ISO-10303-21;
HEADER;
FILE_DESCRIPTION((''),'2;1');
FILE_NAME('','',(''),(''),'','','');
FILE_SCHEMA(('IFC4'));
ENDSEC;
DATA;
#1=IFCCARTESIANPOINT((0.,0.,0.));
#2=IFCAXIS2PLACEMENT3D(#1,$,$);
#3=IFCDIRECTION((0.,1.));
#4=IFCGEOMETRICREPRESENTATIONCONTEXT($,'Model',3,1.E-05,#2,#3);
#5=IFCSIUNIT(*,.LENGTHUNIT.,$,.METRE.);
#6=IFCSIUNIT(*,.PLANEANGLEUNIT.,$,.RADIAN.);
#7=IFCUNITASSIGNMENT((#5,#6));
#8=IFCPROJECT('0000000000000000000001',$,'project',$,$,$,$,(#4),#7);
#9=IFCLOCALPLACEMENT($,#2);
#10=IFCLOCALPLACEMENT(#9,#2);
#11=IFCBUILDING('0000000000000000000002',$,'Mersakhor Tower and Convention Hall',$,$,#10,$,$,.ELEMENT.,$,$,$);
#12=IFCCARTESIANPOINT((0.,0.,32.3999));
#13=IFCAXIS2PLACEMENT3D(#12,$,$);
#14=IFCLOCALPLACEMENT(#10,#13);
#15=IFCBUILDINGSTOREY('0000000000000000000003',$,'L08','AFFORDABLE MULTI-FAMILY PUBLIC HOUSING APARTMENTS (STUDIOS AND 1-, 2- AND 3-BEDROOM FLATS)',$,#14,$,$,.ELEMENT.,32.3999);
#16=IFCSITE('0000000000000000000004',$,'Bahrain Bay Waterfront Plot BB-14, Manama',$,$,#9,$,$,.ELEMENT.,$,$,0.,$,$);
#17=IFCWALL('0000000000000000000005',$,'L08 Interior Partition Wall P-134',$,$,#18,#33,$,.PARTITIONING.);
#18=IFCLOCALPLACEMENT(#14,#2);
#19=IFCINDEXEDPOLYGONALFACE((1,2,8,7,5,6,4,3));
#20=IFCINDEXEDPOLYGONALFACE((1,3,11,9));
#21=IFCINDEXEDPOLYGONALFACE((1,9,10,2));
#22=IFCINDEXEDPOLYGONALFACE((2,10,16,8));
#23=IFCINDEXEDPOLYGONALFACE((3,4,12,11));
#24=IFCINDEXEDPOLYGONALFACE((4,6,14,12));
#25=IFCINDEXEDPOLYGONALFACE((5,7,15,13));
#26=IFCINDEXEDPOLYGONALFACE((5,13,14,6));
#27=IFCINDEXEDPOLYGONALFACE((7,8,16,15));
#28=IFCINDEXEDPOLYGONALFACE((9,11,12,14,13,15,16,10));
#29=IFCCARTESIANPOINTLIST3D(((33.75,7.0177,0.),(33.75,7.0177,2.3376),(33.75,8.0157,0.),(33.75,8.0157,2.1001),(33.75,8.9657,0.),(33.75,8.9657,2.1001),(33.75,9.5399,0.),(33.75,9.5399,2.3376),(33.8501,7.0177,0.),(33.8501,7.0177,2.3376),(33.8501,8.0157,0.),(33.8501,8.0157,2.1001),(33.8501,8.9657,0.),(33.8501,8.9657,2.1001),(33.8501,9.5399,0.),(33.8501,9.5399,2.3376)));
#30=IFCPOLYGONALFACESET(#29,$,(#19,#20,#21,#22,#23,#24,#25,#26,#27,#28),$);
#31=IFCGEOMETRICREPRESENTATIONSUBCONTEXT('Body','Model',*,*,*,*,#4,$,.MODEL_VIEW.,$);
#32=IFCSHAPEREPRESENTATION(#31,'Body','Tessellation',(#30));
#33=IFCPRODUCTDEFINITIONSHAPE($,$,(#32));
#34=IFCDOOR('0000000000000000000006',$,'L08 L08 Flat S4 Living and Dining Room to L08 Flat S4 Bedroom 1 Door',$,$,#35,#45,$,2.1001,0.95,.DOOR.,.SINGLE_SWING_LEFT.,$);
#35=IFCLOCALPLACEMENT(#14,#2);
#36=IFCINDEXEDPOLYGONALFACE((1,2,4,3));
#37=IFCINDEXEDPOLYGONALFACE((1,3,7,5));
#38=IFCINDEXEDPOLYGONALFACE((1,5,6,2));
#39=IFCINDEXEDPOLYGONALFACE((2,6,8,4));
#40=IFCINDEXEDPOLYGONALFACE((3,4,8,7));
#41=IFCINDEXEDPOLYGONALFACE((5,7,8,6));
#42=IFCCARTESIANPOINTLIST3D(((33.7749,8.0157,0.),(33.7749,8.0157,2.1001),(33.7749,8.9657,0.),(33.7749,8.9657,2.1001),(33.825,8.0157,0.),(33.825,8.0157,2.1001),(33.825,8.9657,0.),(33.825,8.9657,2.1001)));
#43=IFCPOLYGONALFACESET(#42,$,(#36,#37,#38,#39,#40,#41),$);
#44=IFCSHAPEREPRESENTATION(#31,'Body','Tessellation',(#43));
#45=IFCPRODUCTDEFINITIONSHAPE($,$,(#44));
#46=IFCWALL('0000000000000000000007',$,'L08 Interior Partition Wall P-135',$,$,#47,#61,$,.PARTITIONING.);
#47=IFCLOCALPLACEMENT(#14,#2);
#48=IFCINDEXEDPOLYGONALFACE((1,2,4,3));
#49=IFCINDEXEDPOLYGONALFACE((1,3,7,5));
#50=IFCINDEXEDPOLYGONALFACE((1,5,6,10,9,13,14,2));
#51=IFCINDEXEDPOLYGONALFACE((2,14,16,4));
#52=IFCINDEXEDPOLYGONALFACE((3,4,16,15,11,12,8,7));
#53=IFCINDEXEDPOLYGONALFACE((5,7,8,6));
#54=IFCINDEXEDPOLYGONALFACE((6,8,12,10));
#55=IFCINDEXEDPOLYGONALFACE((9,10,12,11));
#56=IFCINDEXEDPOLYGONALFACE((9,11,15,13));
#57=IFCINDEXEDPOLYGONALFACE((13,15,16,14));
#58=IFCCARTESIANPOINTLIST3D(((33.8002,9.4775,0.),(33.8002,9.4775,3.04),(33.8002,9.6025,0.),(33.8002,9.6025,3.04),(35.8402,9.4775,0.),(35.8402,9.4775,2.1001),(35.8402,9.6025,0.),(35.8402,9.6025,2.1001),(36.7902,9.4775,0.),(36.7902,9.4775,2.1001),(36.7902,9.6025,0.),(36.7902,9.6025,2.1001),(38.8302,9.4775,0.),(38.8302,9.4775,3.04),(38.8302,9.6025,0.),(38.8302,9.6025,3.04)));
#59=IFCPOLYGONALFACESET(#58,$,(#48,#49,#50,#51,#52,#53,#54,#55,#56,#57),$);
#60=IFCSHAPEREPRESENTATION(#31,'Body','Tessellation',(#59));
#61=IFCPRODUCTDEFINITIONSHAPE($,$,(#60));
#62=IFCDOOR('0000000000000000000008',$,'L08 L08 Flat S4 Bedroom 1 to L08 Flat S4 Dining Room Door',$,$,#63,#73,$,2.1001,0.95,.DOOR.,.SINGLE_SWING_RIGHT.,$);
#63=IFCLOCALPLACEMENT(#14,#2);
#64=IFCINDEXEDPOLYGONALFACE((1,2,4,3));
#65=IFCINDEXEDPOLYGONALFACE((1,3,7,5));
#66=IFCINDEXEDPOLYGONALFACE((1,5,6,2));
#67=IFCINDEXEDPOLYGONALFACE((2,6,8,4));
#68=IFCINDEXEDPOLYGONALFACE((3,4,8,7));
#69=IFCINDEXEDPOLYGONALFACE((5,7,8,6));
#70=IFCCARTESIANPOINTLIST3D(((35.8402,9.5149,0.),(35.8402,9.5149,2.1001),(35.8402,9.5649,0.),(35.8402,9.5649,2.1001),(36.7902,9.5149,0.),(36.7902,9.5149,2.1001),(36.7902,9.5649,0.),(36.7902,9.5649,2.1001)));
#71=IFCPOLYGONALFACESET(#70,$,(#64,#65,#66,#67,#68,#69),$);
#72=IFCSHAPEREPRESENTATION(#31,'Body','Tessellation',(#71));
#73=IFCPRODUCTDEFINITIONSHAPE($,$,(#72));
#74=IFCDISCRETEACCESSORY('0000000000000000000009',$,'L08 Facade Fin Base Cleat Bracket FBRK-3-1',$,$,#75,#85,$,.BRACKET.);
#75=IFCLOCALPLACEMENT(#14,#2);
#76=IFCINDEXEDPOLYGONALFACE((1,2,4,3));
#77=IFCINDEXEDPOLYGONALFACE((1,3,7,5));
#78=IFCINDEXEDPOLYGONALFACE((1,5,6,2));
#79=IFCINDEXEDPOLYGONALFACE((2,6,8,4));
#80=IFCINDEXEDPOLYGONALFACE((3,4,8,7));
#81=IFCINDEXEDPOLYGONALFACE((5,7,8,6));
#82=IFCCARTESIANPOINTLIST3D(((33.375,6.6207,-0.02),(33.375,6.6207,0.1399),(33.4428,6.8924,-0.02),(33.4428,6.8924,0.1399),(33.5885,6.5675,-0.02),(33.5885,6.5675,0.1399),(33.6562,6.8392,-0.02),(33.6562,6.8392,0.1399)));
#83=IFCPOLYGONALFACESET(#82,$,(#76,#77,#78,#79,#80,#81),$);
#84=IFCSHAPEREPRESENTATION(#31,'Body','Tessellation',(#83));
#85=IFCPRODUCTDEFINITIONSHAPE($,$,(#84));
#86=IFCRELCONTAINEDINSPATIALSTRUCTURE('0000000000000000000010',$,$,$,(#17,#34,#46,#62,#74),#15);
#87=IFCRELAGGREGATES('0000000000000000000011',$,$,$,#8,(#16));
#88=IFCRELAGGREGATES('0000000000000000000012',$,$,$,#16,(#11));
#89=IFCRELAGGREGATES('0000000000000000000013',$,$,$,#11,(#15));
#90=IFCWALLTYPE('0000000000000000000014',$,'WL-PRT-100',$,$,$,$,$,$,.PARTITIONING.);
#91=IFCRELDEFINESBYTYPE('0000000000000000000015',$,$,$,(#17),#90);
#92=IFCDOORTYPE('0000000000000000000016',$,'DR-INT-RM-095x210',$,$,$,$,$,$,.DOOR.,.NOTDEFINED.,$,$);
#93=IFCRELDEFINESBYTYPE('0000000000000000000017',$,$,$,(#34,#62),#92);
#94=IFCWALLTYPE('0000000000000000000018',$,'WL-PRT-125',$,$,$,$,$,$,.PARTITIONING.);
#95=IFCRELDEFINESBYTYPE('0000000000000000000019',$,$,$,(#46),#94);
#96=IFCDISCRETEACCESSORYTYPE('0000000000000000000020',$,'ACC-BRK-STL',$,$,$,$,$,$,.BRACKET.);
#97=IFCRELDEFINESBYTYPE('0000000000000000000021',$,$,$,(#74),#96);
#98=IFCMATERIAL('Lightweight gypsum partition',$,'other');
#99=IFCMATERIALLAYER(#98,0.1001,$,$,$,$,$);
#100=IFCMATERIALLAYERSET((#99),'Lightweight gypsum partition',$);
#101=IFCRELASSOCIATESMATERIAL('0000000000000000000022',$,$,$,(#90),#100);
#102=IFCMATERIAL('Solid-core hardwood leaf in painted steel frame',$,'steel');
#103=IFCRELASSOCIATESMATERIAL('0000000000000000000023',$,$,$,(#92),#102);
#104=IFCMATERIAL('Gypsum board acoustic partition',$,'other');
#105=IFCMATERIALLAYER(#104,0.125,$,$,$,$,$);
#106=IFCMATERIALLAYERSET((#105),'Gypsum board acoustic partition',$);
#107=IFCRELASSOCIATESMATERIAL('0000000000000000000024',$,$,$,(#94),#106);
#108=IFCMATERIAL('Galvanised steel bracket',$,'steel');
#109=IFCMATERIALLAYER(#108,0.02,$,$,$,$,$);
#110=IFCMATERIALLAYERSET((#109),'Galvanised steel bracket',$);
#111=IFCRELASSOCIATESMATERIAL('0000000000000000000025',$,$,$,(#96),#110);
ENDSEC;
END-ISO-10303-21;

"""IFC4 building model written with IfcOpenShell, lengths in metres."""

from ifc_helpers import new_model, si_unit, direction, frame, frame_2d, origin, origin_2d, place, context, subcontext, project, spatial, rectangle, extrude, material, layer, layer_set, type_object, element, fill, save


model = new_model("IFC4")

# Units and contexts
model_context = context("Model", 3, precision=1e-05, world=origin(), true_north=direction((0.0, 1.0)))
body_context = subcontext(model_context, "Body", "Model", "MODEL_VIEW")
ifc_project = project(units=[si_unit("LENGTHUNIT", "METRE"), si_unit("PLANEANGLEUNIT", "RADIAN")], contexts=[model_context])

# Site, building, storey
site_placement = place(None, origin())
site = spatial("IfcSite", under=ifc_project, at=site_placement, Name="Bahrain Bay Waterfront Plot BB-14, Manama", CompositionType="ELEMENT", RefElevation=0.0)
building_placement = place(site_placement, origin())
building = spatial("IfcBuilding", under=site, at=building_placement, Name="Mersakhor Tower and Convention Hall", CompositionType="ELEMENT")
storey_placement = place(building_placement, frame((0.0, 0.0, 32.3999)))
storey = spatial("IfcBuildingStorey", under=building, at=storey_placement, Name="L08", Description="AFFORDABLE MULTI-FAMILY PUBLIC HOUSING APARTMENTS (STUDIOS AND 1-, 2- AND 3-BEDROOM FLATS)", CompositionType="ELEMENT", Elevation=32.3999)

# Walls, openings, doors
ifc_material_1 = material(Name="Lightweight gypsum partition", Category="other")
ifc_layer_1 = layer(ifc_material_1, 0.1001)
ifc_layer_set_1 = layer_set([ifc_layer_1], Name="Lightweight gypsum partition")
wall_type_1 = type_object("IfcWallType", Name="WL-PRT-100", PredefinedType="PARTITIONING", material=ifc_layer_set_1)
ifc_material_2 = material(Name="Solid-core hardwood leaf in painted steel frame", Category="steel")
door_type_1 = type_object("IfcDoorType", Name="DR-INT-RM-095x210", OperationType="NOTDEFINED", PredefinedType="DOOR", material=ifc_material_2)
wall_1_placement = place(storey_placement, frame((33.8, 9.54, 0.0), z_axis=(0.0, 0.0, 1.0), x_axis=(0.0, -1.0, 0.0)))
wall_1 = element("IfcWall", 1, at=wall_1_placement, inside=storey, type_object=wall_type_1, Name="L08 Interior Partition Wall P-134", PredefinedType="PARTITIONING", context=body_context, shape_type="SweptSolid", body=[
    extrude(rectangle(XDim=2.5222, YDim=0.1001, at=frame_2d((1.2612, 0.0))), origin(), (0.0, 0.0, 1.0), 2.3376),
])
opening_1_placement = place(wall_1_placement, frame((0.5742, 0.0, 0.0)))
opening_1 = element("IfcOpeningElement", 2, at=opening_1_placement, cuts=wall_1, PredefinedType="OPENING", context=body_context, shape_type="SweptSolid", body=[
    extrude(rectangle(XDim=0.95, YDim=2.1001, at=frame_2d((0.4751, 1.05))), frame((0.0, 0.0601, 0.0), z_axis=(0.0, -1.0, 0.0), x_axis=(1.0, 0.0, 0.0)), (0.0, 0.0, 1.0), 0.1201),
])
door_1_placement = place(opening_1_placement, origin())
door_1 = element("IfcDoor", 3, at=door_1_placement, inside=storey, type_object=door_type_1, Name="L08 L08 Flat S4 Living and Dining Room to L08 Flat S4 Bedroom 1 Door", OperationType="SINGLE_SWING_LEFT", OverallHeight=2.1001, OverallWidth=0.95, PredefinedType="DOOR", context=body_context, shape_type="SweptSolid", body=[
    extrude(rectangle(XDim=0.95, YDim=2.1001, at=frame_2d((0.4751, 1.05))), frame((0.0, 0.0249, 0.0), z_axis=(0.0, -1.0, 0.0), x_axis=(1.0, 0.0, 0.0)), (0.0, 0.0, 1.0), 0.05),
])
fill(opening_1, door_1)
ifc_material_3 = material(Name="Gypsum board acoustic partition", Category="other")
ifc_layer_2 = layer(ifc_material_3, 0.125)
ifc_layer_set_2 = layer_set([ifc_layer_2], Name="Gypsum board acoustic partition")
wall_type_2 = type_object("IfcWallType", Name="WL-PRT-125", PredefinedType="PARTITIONING", material=ifc_layer_set_2)
wall_2_placement = place(storey_placement, frame((33.8, 9.54, 0.0), z_axis=(0.0, 0.0, 1.0), x_axis=(1.0, 0.0, 0.0)))
wall_2 = element("IfcWall", 4, at=wall_2_placement, inside=storey, type_object=wall_type_2, Name="L08 Interior Partition Wall P-135", PredefinedType="PARTITIONING", context=body_context, shape_type="SweptSolid", body=[
    extrude(rectangle(XDim=5.03, YDim=0.125, at=frame_2d((2.5151, 0.0))), origin(), (0.0, 0.0, 1.0), 3.04),
])
opening_2_placement = place(wall_2_placement, frame((2.04, 0.0, 0.0)))
opening_2 = element("IfcOpeningElement", 5, at=opening_2_placement, cuts=wall_2, PredefinedType="OPENING", context=body_context, shape_type="SweptSolid", body=[
    extrude(rectangle(XDim=0.95, YDim=2.1001, at=frame_2d((0.4751, 1.05))), frame((0.0, 0.0725, 0.0), z_axis=(0.0, -1.0, 0.0), x_axis=(1.0, 0.0, 0.0)), (0.0, 0.0, 1.0), 0.145),
])
door_2_placement = place(opening_2_placement, origin())
door_2 = element("IfcDoor", 6, at=door_2_placement, inside=storey, type_object=door_type_1, Name="L08 L08 Flat S4 Bedroom 1 to L08 Flat S4 Dining Room Door", OperationType="SINGLE_SWING_RIGHT", OverallHeight=2.1001, OverallWidth=0.95, PredefinedType="DOOR", context=body_context, shape_type="SweptSolid", body=[
    extrude(rectangle(XDim=0.95, YDim=2.1001, at=frame_2d((0.4751, 1.05))), frame((0.0, 0.0249, 0.0), z_axis=(0.0, -1.0, 0.0), x_axis=(1.0, 0.0, 0.0)), (0.0, 0.0, 1.0), 0.05),
])
fill(opening_2, door_2)

# Discrete accessory
ifc_material_4 = material(Name="Galvanised steel bracket", Category="steel")
ifc_layer_3 = layer(ifc_material_4, 0.02)
ifc_layer_set_3 = layer_set([ifc_layer_3], Name="Galvanised steel bracket")
discrete_accessory_type = type_object("IfcDiscreteAccessoryType", Name="ACC-BRK-STL", PredefinedType="BRACKET", material=ifc_layer_set_3)
discrete_accessory_placement = place(storey_placement, frame((33.5156, 6.73, -0.02), z_axis=(0.0, 0.0, 1.0), x_axis=(-0.241922, -0.970296, 0.0)))
element("IfcDiscreteAccessory", 7, at=discrete_accessory_placement, inside=storey, type_object=discrete_accessory_type, Name="L08 Facade Fin Base Cleat Bracket FBRK-3-1", PredefinedType="BRACKET", context=body_context, shape_type="SweptSolid", body=[
    extrude(rectangle(XDim=0.28, YDim=0.22, at=origin_2d()), origin(), (0.0, 0.0, 1.0), 0.1599),
])

save(model, "model.ifc")
